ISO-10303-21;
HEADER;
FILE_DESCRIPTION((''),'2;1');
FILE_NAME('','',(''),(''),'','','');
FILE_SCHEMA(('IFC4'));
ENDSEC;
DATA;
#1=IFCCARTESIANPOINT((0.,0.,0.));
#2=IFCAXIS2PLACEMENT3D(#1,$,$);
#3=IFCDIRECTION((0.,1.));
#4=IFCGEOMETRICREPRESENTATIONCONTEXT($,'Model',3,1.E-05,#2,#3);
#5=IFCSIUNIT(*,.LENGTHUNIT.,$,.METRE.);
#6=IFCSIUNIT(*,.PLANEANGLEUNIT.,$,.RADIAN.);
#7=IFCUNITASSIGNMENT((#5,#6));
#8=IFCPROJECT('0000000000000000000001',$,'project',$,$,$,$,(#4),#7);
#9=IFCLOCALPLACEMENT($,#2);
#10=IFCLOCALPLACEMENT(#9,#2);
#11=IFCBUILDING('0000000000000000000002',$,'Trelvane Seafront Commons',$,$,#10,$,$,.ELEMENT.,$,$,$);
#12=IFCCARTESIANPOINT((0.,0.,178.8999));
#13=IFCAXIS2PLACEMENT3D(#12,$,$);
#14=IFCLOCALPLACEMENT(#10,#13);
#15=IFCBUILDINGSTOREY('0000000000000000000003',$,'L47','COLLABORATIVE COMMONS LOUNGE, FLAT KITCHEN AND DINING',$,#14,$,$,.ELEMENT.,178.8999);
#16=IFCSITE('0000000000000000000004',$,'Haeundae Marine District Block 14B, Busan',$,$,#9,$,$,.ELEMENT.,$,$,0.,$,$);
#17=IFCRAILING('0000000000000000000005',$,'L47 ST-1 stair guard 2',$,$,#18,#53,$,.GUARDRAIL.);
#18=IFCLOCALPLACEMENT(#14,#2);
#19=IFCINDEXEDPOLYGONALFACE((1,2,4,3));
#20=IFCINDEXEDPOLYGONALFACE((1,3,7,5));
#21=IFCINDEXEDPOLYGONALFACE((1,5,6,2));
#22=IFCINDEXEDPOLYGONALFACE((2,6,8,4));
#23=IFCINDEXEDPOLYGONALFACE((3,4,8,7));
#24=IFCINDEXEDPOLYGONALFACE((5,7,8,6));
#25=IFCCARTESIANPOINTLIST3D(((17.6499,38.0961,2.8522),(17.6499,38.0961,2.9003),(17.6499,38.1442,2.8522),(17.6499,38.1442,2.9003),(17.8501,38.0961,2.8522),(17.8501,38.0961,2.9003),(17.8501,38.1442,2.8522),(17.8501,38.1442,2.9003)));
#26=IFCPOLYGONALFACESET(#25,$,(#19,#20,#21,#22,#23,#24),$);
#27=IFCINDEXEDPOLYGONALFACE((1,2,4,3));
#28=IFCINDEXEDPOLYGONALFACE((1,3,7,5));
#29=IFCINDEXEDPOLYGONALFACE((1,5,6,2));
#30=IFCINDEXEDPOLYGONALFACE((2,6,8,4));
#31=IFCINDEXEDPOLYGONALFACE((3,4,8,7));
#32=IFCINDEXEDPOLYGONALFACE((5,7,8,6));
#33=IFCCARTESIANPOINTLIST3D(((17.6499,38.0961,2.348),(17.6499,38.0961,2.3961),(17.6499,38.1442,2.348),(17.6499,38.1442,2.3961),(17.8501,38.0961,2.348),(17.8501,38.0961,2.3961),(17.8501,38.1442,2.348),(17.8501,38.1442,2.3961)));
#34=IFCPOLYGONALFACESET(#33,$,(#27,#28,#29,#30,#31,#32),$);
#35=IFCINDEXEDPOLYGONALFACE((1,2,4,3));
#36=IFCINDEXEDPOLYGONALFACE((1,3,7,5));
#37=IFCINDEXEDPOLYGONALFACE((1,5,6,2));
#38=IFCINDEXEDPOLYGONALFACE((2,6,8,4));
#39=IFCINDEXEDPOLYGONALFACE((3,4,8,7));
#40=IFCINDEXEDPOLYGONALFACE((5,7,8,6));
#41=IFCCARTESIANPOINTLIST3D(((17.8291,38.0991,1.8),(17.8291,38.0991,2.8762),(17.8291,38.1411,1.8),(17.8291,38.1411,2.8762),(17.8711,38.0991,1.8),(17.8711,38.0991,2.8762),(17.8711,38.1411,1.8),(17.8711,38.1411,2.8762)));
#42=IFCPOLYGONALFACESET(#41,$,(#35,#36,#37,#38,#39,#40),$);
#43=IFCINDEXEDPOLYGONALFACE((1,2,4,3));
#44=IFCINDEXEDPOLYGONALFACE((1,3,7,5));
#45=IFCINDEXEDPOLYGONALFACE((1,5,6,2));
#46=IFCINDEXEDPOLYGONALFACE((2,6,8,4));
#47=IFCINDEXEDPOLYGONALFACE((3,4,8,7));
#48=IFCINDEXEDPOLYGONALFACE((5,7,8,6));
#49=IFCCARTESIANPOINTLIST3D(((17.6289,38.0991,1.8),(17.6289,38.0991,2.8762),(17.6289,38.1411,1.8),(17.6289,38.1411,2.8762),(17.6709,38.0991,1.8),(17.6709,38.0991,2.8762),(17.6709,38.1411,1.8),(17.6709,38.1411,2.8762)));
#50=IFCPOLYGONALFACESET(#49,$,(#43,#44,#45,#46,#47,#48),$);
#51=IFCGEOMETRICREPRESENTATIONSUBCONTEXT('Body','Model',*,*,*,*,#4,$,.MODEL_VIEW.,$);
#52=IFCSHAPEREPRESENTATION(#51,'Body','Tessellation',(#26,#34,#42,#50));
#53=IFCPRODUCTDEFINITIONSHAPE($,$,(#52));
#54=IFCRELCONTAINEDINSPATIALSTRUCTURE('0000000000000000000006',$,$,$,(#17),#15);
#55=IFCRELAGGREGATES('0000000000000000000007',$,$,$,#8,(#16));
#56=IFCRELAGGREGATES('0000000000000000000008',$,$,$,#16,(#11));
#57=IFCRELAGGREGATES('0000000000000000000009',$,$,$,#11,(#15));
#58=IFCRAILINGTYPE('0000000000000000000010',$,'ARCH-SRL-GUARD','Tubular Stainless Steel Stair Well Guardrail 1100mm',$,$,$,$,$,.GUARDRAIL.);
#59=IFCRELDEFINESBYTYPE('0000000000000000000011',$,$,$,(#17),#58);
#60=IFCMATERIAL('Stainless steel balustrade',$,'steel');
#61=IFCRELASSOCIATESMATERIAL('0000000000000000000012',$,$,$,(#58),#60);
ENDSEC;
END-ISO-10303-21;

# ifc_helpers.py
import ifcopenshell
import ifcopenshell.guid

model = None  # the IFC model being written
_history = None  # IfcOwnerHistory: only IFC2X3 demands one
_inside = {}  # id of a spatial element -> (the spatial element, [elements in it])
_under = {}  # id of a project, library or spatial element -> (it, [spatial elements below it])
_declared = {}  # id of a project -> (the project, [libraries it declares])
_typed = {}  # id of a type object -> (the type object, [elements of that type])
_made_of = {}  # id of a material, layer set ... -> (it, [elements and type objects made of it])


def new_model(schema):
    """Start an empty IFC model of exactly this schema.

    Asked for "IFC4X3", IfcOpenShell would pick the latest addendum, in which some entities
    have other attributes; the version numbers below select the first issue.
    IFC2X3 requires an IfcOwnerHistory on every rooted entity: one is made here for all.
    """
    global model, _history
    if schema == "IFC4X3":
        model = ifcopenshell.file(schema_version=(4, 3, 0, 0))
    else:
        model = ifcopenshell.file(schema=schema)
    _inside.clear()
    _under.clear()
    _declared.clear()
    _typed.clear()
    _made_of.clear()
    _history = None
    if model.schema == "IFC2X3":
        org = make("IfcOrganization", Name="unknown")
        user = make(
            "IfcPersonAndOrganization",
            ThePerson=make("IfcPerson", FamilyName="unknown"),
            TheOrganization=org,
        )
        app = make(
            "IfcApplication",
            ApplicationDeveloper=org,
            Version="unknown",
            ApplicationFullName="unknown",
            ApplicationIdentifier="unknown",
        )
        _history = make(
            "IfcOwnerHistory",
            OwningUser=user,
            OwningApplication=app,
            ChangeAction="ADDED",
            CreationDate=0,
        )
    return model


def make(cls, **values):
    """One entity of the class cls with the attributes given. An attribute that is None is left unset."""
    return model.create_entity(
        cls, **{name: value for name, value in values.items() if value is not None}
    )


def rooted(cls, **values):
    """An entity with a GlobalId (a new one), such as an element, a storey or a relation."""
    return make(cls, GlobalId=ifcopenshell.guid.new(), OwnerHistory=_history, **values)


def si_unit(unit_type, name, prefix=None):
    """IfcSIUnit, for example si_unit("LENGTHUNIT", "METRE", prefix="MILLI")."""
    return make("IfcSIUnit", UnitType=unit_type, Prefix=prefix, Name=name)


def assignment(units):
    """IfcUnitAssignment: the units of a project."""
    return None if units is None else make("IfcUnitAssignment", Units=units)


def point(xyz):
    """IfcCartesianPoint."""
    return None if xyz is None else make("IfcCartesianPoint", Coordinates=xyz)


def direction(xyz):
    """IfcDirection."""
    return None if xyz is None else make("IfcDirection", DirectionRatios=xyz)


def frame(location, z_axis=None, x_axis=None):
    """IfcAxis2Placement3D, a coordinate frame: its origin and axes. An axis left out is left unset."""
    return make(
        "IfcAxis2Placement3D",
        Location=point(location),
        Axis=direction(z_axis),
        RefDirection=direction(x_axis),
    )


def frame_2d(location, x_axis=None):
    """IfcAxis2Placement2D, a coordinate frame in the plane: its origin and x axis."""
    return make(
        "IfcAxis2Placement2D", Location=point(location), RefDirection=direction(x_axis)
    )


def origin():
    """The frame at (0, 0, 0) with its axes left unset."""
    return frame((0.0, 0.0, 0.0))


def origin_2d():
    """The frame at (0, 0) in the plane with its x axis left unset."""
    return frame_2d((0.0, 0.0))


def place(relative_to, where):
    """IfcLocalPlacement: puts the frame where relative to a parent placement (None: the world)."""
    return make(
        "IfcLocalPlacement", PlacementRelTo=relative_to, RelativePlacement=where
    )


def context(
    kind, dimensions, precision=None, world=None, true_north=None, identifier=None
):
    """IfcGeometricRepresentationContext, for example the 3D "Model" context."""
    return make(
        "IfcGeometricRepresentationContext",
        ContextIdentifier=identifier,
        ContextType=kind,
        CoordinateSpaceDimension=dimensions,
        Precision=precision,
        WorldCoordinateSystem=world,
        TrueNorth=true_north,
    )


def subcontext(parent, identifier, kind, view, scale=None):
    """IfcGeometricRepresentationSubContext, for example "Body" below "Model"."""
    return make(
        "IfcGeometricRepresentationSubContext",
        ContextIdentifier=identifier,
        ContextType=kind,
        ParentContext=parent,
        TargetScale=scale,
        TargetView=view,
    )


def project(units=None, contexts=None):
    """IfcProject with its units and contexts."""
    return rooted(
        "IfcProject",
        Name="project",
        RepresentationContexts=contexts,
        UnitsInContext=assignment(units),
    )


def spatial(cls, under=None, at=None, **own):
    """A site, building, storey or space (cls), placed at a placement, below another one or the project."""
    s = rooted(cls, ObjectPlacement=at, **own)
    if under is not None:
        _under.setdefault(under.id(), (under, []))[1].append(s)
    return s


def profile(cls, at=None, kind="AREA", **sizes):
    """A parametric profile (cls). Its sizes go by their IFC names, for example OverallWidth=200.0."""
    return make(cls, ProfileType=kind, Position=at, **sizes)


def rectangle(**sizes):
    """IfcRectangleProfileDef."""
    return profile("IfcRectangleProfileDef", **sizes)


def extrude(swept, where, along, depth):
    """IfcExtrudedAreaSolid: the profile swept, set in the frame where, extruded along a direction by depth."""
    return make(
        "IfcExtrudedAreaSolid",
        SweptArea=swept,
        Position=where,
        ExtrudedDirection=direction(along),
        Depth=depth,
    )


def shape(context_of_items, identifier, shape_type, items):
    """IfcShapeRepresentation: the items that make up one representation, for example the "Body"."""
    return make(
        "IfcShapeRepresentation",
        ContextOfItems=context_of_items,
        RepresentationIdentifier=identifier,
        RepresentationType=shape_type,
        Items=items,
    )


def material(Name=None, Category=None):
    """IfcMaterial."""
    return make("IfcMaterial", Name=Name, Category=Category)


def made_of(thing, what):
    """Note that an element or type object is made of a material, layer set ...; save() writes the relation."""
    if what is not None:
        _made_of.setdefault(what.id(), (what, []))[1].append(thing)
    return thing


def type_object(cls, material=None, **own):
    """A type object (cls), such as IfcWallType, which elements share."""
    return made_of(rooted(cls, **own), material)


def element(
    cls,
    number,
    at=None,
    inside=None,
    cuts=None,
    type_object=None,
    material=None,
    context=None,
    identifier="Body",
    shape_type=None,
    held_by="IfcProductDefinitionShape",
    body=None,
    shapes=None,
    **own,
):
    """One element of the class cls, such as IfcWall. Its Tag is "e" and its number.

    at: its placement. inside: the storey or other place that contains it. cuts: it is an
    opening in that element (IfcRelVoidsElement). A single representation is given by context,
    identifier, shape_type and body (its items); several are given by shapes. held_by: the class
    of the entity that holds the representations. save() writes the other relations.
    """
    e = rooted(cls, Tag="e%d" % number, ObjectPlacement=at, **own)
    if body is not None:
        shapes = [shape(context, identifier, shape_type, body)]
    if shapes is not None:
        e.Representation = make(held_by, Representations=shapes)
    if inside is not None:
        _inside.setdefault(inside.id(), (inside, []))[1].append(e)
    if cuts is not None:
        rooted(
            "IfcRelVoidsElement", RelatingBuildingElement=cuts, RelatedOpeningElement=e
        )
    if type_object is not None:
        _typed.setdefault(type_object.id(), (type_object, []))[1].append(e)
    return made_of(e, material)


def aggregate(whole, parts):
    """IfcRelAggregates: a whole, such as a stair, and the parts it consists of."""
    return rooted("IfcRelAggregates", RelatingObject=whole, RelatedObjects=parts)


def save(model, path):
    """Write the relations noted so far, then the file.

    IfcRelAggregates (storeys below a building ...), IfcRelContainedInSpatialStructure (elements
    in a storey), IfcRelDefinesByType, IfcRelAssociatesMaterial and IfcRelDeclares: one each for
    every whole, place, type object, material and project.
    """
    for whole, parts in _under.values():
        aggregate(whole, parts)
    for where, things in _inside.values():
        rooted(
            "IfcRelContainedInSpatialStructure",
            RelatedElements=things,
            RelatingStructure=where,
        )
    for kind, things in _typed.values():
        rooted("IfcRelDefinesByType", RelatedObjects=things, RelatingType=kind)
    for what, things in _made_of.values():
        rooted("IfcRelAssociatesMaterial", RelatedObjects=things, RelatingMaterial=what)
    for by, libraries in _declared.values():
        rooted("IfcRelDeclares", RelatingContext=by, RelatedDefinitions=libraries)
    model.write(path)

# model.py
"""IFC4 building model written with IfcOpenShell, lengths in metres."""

from ifc_helpers import new_model, si_unit, direction, frame, origin, origin_2d, place, context, subcontext, project, spatial, rectangle, extrude, material, type_object, element, save


model = new_model("IFC4")

# Units and contexts
model_context = context("Model", 3, precision=1e-05, world=origin(), true_north=direction((0.0, 1.0)))
body_context = subcontext(model_context, "Body", "Model", "MODEL_VIEW")
ifc_project = project(units=[si_unit("LENGTHUNIT", "METRE"), si_unit("PLANEANGLEUNIT", "RADIAN")], contexts=[model_context])

# Site, building, storey
site_placement = place(None, origin())
site = spatial("IfcSite", under=ifc_project, at=site_placement, Name="Haeundae Marine District Block 14B, Busan", CompositionType="ELEMENT", RefElevation=0.0)
building_placement = place(site_placement, origin())
building = spatial("IfcBuilding", under=site, at=building_placement, Name="Trelvane Seafront Commons", CompositionType="ELEMENT")
storey_placement = place(building_placement, frame((0.0, 0.0, 178.8999)))
storey = spatial("IfcBuildingStorey", under=building, at=storey_placement, Name="L47", Description="COLLABORATIVE COMMONS LOUNGE, FLAT KITCHEN AND DINING", CompositionType="ELEMENT", Elevation=178.8999)

# Railing
ifc_material_1 = material(Name="Stainless steel balustrade", Category="steel")
railing_type = type_object("IfcRailingType", Name="ARCH-SRL-GUARD", Description="Tubular Stainless Steel Stair Well Guardrail 1100mm", PredefinedType="GUARDRAIL", material=ifc_material_1)
railing_placement = place(storey_placement, frame((17.8501, 38.1201, 1.8)))
element("IfcRailing", 1, at=railing_placement, inside=storey, type_object=railing_type, Name="L47 ST-1 stair guard 2", PredefinedType="GUARDRAIL", context=body_context, shape_type="SweptSolid", body=[
    extrude(rectangle(XDim=0.0481, YDim=0.0481, at=origin_2d()), frame((0.0, 0.0, 1.0762), z_axis=(-1.0, 0.0, 0.0), x_axis=(0.0, -1.0, 0.0)), (0.0, 0.0, 1.0), 0.2002),
    extrude(rectangle(XDim=0.0481, YDim=0.0481, at=origin_2d()), frame((0.0, 0.0, 0.572), z_axis=(-1.0, 0.0, 0.0), x_axis=(0.0, -1.0, 0.0)), (0.0, 0.0, 1.0), 0.2002),
    extrude(rectangle(XDim=0.042, YDim=0.042, at=origin_2d()), origin(), (0.0, 0.0, 1.0), 1.0762),
    extrude(rectangle(XDim=0.042, YDim=0.042, at=origin_2d()), frame((-0.2002, 0.0, 0.0)), (0.0, 0.0, 1.0), 1.0762),
])

save(model, "model.ifc")
